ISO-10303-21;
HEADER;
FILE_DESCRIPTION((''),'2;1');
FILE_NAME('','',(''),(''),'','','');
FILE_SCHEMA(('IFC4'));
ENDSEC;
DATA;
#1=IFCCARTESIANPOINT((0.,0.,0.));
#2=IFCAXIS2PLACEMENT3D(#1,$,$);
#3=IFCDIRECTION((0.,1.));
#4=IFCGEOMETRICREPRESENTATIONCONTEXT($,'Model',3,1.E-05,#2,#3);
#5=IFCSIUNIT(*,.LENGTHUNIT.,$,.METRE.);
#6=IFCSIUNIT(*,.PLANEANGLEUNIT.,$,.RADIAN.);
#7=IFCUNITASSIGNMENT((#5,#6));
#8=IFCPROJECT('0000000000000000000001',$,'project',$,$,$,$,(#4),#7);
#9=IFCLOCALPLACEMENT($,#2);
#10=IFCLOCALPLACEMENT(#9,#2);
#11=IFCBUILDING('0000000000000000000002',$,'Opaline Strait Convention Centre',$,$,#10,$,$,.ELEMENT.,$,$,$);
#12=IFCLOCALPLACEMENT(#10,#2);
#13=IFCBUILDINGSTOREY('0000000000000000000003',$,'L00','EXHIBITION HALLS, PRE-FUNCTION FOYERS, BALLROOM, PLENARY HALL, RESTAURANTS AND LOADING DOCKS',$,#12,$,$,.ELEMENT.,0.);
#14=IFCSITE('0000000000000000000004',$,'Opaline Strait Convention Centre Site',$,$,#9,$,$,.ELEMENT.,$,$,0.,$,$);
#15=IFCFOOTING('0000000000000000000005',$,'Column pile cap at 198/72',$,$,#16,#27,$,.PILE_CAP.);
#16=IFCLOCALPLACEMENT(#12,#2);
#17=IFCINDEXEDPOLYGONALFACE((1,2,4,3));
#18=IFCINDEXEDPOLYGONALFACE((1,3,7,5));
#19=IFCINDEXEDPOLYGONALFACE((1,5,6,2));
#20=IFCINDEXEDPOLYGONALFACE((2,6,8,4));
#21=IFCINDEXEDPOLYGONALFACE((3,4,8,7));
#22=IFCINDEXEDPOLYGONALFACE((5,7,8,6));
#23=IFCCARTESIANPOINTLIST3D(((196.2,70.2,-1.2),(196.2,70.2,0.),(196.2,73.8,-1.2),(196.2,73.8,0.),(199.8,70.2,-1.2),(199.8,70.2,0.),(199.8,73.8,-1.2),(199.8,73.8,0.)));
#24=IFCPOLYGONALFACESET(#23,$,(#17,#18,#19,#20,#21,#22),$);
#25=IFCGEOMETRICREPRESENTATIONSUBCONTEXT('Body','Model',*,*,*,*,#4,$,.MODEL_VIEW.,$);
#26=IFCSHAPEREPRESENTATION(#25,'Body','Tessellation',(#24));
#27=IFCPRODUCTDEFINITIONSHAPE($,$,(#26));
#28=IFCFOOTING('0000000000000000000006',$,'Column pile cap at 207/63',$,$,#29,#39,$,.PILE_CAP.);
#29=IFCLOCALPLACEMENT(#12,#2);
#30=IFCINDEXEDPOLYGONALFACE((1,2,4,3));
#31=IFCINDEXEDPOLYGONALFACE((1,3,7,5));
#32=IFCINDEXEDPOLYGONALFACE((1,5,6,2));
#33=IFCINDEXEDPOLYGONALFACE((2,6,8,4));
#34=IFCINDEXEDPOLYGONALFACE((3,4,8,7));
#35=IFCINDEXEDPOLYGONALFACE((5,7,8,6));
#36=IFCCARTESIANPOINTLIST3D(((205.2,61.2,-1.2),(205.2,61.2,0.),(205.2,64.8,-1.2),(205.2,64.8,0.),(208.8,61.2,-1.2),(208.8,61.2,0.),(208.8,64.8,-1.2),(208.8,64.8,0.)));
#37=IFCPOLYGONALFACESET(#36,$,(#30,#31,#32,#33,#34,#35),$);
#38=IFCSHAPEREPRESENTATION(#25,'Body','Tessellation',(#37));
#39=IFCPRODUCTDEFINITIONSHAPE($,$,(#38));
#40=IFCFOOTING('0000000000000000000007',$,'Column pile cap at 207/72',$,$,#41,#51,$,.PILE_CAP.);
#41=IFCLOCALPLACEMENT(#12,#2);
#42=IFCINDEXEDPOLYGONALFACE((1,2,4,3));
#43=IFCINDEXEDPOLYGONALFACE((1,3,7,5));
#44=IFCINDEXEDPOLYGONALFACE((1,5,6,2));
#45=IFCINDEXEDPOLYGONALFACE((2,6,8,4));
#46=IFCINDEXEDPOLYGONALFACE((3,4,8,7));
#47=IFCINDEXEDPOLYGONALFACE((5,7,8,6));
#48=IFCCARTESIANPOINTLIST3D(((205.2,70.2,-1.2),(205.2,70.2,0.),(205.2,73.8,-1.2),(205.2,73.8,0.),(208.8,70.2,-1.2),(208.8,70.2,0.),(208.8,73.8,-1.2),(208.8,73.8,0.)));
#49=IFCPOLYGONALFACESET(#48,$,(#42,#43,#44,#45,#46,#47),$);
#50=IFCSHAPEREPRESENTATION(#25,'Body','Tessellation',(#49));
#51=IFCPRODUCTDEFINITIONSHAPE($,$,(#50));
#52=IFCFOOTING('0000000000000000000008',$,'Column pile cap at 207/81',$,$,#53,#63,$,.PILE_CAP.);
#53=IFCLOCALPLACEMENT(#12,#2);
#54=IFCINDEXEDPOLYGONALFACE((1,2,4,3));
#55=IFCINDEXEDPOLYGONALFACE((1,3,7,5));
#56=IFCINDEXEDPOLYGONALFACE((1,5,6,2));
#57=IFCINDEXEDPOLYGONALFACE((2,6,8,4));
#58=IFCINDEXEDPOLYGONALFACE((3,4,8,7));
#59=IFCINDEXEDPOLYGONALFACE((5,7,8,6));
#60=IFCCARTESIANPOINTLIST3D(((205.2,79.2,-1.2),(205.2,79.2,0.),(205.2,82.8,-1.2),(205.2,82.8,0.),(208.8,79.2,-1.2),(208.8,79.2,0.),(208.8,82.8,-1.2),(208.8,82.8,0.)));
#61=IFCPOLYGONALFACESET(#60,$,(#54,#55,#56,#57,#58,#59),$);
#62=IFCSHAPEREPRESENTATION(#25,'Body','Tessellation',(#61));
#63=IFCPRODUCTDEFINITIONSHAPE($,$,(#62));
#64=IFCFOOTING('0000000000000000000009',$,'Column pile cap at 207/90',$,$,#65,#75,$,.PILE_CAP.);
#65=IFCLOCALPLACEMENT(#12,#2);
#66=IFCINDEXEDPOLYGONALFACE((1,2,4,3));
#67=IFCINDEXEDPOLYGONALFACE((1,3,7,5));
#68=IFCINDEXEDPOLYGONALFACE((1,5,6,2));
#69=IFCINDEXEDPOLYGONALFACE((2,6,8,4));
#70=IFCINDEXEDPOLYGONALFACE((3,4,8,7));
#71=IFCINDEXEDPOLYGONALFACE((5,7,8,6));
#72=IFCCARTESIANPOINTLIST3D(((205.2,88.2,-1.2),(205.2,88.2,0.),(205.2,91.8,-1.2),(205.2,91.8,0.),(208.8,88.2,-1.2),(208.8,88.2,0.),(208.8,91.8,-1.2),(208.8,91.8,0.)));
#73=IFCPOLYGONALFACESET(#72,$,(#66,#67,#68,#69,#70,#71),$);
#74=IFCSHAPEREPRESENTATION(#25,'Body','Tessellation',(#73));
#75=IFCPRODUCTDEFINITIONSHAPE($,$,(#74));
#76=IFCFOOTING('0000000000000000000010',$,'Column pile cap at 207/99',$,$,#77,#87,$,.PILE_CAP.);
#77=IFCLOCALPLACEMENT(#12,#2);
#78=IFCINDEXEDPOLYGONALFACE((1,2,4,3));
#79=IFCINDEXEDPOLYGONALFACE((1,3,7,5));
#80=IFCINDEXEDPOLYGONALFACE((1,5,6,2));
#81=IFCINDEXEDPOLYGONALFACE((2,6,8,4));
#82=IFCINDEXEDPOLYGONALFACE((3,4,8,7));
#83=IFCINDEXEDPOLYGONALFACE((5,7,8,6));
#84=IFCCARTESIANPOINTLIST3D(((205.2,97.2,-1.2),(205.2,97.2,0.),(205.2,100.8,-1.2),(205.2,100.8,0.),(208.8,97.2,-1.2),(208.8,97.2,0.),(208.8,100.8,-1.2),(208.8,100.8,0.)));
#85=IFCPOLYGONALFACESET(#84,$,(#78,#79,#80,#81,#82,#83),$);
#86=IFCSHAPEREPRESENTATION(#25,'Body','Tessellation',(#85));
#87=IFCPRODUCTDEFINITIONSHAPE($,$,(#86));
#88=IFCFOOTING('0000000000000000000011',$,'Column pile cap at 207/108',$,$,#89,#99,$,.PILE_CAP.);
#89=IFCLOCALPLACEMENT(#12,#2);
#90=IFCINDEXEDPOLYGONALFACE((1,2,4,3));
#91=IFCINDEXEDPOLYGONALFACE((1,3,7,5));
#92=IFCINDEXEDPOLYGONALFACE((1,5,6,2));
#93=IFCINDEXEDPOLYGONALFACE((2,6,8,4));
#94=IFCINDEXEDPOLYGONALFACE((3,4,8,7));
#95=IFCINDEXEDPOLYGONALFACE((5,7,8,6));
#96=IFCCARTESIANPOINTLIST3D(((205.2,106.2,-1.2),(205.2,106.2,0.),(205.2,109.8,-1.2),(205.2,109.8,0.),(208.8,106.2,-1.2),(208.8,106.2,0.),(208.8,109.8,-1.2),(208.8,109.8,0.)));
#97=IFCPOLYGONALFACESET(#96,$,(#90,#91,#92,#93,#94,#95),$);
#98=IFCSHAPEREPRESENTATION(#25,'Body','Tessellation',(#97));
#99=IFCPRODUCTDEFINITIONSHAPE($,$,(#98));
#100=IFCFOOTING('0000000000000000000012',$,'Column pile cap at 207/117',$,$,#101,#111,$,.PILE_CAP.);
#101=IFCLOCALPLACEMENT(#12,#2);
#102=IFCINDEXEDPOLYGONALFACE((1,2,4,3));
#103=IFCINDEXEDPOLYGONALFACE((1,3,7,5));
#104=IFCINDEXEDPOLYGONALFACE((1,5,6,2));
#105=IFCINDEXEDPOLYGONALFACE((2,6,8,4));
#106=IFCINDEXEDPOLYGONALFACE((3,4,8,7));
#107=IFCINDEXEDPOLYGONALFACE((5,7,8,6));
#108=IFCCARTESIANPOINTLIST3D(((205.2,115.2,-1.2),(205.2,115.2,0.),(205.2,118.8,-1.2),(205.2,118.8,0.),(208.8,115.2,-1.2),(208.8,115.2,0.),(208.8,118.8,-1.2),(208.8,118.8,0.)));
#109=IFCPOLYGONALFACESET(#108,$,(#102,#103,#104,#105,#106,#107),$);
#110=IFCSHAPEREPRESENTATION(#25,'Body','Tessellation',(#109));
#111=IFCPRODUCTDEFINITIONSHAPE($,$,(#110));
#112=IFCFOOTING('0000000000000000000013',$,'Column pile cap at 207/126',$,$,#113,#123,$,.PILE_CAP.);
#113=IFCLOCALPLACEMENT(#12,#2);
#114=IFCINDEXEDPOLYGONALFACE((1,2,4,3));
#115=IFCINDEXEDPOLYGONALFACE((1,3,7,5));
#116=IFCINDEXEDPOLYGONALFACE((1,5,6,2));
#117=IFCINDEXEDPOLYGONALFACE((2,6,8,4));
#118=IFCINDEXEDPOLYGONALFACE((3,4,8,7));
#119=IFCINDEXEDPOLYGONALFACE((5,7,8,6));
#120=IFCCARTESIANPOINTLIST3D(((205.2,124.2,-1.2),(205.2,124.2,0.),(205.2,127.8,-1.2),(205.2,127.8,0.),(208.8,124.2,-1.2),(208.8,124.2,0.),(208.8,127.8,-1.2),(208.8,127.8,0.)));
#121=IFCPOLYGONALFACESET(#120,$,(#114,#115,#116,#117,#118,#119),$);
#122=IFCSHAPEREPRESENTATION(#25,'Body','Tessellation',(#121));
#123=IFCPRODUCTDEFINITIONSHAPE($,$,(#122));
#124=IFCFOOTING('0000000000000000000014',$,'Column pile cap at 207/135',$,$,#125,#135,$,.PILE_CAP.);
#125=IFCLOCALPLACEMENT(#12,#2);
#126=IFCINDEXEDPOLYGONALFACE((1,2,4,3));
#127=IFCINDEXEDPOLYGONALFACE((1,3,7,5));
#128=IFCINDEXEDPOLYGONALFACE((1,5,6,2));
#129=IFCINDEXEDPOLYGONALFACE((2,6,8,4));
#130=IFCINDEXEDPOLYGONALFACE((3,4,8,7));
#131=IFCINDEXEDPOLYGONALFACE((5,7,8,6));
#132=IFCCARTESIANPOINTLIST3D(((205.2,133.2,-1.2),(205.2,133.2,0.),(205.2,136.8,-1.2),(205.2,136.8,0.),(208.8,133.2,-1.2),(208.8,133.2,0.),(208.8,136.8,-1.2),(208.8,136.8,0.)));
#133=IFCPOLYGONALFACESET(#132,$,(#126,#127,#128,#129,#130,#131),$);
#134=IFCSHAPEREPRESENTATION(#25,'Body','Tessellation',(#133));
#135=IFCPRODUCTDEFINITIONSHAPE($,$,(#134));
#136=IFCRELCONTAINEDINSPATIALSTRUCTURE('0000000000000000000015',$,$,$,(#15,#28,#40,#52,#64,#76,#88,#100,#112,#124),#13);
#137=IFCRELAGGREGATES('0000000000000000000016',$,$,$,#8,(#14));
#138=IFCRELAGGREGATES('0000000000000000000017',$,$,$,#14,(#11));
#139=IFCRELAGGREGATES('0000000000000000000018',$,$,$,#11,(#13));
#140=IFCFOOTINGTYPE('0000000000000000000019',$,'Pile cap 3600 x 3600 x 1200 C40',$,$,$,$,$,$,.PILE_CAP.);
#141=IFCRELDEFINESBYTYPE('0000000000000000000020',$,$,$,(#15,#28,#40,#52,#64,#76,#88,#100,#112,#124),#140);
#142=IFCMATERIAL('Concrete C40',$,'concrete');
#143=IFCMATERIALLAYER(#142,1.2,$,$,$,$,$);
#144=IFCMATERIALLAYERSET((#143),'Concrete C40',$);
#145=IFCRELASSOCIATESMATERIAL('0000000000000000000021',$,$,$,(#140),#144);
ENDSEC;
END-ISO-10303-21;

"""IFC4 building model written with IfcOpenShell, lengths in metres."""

from ifc_helpers import new_model, si_unit, direction, frame, origin, place, context, subcontext, project, spatial, polyline, outline, extrude, material, layer, layer_set, type_object, element, save


model = new_model("IFC4")

# Units and contexts
model_context = context("Model", 3, precision=1e-05, world=origin(), true_north=direction((0.0, 1.0)))
body_context = subcontext(model_context, "Body", "Model", "MODEL_VIEW")
ifc_project = project(units=[si_unit("LENGTHUNIT", "METRE"), si_unit("PLANEANGLEUNIT", "RADIAN")], contexts=[model_context])

# Site, building, storey
site_placement = place(None, origin())
site = spatial("IfcSite", under=ifc_project, at=site_placement, Name="Opaline Strait Convention Centre Site", CompositionType="ELEMENT", RefElevation=0.0)
building_placement = place(site_placement, origin())
building = spatial("IfcBuilding", under=site, at=building_placement, Name="Opaline Strait Convention Centre", CompositionType="ELEMENT")
storey_placement = place(building_placement, origin())
storey = spatial("IfcBuildingStorey", under=building, at=storey_placement, Name="L00", Description="EXHIBITION HALLS, PRE-FUNCTION FOYERS, BALLROOM, PLENARY HALL, RESTAURANTS AND LOADING DOCKS", CompositionType="ELEMENT", Elevation=0.0)

# Footings
ifc_material = material(Name="Concrete C40", Category="concrete")
ifc_layer = layer(ifc_material, 1.2)
ifc_layer_set = layer_set([ifc_layer], Name="Concrete C40")
footing_type = type_object("IfcFootingType", Name="Pile cap 3600 x 3600 x 1200 C40", PredefinedType="PILE_CAP", material=ifc_layer_set)
footing_1_placement = place(storey_placement, frame((0.0, 0.0, -1.2)))
element("IfcFooting", 1, at=footing_1_placement, inside=storey, type_object=footing_type, Name="Column pile cap at 198/72", PredefinedType="PILE_CAP", context=body_context, shape_type="SweptSolid", body=[
    extrude(outline(polyline([(196.2, 70.2), (199.8, 70.2), (199.8, 73.8), (196.2, 73.8), (196.2, 70.2)])), origin(), (0.0, 0.0, 1.0), 1.2),
])
footing_2_placement = place(storey_placement, frame((0.0, 0.0, -1.2)))
element("IfcFooting", 2, at=footing_2_placement, inside=storey, type_object=footing_type, Name="Column pile cap at 207/63", PredefinedType="PILE_CAP", context=body_context, shape_type="SweptSolid", body=[
    extrude(outline(polyline([(205.2, 61.2), (208.8, 61.2), (208.8, 64.8), (205.2, 64.8), (205.2, 61.2)])), origin(), (0.0, 0.0, 1.0), 1.2),
])
footing_3_placement = place(storey_placement, frame((0.0, 0.0, -1.2)))
element("IfcFooting", 3, at=footing_3_placement, inside=storey, type_object=footing_type, Name="Column pile cap at 207/72", PredefinedType="PILE_CAP", context=body_context, shape_type="SweptSolid", body=[
    extrude(outline(polyline([(205.2, 70.2), (208.8, 70.2), (208.8, 73.8), (205.2, 73.8), (205.2, 70.2)])), origin(), (0.0, 0.0, 1.0), 1.2),
])
footing_4_placement = place(storey_placement, frame((0.0, 0.0, -1.2)))
element("IfcFooting", 4, at=footing_4_placement, inside=storey, type_object=footing_type, Name="Column pile cap at 207/81", PredefinedType="PILE_CAP", context=body_context, shape_type="SweptSolid", body=[
    extrude(outline(polyline([(205.2, 79.2), (208.8, 79.2), (208.8, 82.8), (205.2, 82.8), (205.2, 79.2)])), origin(), (0.0, 0.0, 1.0), 1.2),
])
footing_5_placement = place(storey_placement, frame((0.0, 0.0, -1.2)))
element("IfcFooting", 5, at=footing_5_placement, inside=storey, type_object=footing_type, Name="Column pile cap at 207/90", PredefinedType="PILE_CAP", context=body_context, shape_type="SweptSolid", body=[
    extrude(outline(polyline([(205.2, 88.2), (208.8, 88.2), (208.8, 91.8), (205.2, 91.8), (205.2, 88.2)])), origin(), (0.0, 0.0, 1.0), 1.2),
])
footing_6_placement = place(storey_placement, frame((0.0, 0.0, -1.2)))
element("IfcFooting", 6, at=footing_6_placement, inside=storey, type_object=footing_type, Name="Column pile cap at 207/99", PredefinedType="PILE_CAP", context=body_context, shape_type="SweptSolid", body=[
    extrude(outline(polyline([(205.2, 97.2), (208.8, 97.2), (208.8, 100.8), (205.2, 100.8), (205.2, 97.2)])), origin(), (0.0, 0.0, 1.0), 1.2),
])
footing_7_placement = place(storey_placement, frame((0.0, 0.0, -1.2)))
element("IfcFooting", 7, at=footing_7_placement, inside=storey, type_object=footing_type, Name="Column pile cap at 207/108", PredefinedType="PILE_CAP", context=body_context, shape_type="SweptSolid", body=[
    extrude(outline(polyline([(205.2, 106.2), (208.8, 106.2), (208.8, 109.8), (205.2, 109.8), (205.2, 106.2)])), origin(), (0.0, 0.0, 1.0), 1.2),
])
footing_8_placement = place(storey_placement, frame((0.0, 0.0, -1.2)))
element("IfcFooting", 8, at=footing_8_placement, inside=storey, type_object=footing_type, Name="Column pile cap at 207/117", PredefinedType="PILE_CAP", context=body_context, shape_type="SweptSolid", body=[
    extrude(outline(polyline([(205.2, 115.2), (208.8, 115.2), (208.8, 118.8), (205.2, 118.8), (205.2, 115.2)])), origin(), (0.0, 0.0, 1.0), 1.2),
])
footing_9_placement = place(storey_placement, frame((0.0, 0.0, -1.2)))
element("IfcFooting", 9, at=footing_9_placement, inside=storey, type_object=footing_type, Name="Column pile cap at 207/126", PredefinedType="PILE_CAP", context=body_context, shape_type="SweptSolid", body=[
    extrude(outline(polyline([(205.2, 124.2), (208.8, 124.2), (208.8, 127.8), (205.2, 127.8), (205.2, 124.2)])), origin(), (0.0, 0.0, 1.0), 1.2),
])
footing_10_placement = place(storey_placement, frame((0.0, 0.0, -1.2)))
element("IfcFooting", 10, at=footing_10_placement, inside=storey, type_object=footing_type, Name="Column pile cap at 207/135", PredefinedType="PILE_CAP", context=body_context, shape_type="SweptSolid", body=[
    extrude(outline(polyline([(205.2, 133.2), (208.8, 133.2), (208.8, 136.8), (205.2, 136.8), (205.2, 133.2)])), origin(), (0.0, 0.0, 1.0), 1.2),
])

save(model, "model.ifc")
